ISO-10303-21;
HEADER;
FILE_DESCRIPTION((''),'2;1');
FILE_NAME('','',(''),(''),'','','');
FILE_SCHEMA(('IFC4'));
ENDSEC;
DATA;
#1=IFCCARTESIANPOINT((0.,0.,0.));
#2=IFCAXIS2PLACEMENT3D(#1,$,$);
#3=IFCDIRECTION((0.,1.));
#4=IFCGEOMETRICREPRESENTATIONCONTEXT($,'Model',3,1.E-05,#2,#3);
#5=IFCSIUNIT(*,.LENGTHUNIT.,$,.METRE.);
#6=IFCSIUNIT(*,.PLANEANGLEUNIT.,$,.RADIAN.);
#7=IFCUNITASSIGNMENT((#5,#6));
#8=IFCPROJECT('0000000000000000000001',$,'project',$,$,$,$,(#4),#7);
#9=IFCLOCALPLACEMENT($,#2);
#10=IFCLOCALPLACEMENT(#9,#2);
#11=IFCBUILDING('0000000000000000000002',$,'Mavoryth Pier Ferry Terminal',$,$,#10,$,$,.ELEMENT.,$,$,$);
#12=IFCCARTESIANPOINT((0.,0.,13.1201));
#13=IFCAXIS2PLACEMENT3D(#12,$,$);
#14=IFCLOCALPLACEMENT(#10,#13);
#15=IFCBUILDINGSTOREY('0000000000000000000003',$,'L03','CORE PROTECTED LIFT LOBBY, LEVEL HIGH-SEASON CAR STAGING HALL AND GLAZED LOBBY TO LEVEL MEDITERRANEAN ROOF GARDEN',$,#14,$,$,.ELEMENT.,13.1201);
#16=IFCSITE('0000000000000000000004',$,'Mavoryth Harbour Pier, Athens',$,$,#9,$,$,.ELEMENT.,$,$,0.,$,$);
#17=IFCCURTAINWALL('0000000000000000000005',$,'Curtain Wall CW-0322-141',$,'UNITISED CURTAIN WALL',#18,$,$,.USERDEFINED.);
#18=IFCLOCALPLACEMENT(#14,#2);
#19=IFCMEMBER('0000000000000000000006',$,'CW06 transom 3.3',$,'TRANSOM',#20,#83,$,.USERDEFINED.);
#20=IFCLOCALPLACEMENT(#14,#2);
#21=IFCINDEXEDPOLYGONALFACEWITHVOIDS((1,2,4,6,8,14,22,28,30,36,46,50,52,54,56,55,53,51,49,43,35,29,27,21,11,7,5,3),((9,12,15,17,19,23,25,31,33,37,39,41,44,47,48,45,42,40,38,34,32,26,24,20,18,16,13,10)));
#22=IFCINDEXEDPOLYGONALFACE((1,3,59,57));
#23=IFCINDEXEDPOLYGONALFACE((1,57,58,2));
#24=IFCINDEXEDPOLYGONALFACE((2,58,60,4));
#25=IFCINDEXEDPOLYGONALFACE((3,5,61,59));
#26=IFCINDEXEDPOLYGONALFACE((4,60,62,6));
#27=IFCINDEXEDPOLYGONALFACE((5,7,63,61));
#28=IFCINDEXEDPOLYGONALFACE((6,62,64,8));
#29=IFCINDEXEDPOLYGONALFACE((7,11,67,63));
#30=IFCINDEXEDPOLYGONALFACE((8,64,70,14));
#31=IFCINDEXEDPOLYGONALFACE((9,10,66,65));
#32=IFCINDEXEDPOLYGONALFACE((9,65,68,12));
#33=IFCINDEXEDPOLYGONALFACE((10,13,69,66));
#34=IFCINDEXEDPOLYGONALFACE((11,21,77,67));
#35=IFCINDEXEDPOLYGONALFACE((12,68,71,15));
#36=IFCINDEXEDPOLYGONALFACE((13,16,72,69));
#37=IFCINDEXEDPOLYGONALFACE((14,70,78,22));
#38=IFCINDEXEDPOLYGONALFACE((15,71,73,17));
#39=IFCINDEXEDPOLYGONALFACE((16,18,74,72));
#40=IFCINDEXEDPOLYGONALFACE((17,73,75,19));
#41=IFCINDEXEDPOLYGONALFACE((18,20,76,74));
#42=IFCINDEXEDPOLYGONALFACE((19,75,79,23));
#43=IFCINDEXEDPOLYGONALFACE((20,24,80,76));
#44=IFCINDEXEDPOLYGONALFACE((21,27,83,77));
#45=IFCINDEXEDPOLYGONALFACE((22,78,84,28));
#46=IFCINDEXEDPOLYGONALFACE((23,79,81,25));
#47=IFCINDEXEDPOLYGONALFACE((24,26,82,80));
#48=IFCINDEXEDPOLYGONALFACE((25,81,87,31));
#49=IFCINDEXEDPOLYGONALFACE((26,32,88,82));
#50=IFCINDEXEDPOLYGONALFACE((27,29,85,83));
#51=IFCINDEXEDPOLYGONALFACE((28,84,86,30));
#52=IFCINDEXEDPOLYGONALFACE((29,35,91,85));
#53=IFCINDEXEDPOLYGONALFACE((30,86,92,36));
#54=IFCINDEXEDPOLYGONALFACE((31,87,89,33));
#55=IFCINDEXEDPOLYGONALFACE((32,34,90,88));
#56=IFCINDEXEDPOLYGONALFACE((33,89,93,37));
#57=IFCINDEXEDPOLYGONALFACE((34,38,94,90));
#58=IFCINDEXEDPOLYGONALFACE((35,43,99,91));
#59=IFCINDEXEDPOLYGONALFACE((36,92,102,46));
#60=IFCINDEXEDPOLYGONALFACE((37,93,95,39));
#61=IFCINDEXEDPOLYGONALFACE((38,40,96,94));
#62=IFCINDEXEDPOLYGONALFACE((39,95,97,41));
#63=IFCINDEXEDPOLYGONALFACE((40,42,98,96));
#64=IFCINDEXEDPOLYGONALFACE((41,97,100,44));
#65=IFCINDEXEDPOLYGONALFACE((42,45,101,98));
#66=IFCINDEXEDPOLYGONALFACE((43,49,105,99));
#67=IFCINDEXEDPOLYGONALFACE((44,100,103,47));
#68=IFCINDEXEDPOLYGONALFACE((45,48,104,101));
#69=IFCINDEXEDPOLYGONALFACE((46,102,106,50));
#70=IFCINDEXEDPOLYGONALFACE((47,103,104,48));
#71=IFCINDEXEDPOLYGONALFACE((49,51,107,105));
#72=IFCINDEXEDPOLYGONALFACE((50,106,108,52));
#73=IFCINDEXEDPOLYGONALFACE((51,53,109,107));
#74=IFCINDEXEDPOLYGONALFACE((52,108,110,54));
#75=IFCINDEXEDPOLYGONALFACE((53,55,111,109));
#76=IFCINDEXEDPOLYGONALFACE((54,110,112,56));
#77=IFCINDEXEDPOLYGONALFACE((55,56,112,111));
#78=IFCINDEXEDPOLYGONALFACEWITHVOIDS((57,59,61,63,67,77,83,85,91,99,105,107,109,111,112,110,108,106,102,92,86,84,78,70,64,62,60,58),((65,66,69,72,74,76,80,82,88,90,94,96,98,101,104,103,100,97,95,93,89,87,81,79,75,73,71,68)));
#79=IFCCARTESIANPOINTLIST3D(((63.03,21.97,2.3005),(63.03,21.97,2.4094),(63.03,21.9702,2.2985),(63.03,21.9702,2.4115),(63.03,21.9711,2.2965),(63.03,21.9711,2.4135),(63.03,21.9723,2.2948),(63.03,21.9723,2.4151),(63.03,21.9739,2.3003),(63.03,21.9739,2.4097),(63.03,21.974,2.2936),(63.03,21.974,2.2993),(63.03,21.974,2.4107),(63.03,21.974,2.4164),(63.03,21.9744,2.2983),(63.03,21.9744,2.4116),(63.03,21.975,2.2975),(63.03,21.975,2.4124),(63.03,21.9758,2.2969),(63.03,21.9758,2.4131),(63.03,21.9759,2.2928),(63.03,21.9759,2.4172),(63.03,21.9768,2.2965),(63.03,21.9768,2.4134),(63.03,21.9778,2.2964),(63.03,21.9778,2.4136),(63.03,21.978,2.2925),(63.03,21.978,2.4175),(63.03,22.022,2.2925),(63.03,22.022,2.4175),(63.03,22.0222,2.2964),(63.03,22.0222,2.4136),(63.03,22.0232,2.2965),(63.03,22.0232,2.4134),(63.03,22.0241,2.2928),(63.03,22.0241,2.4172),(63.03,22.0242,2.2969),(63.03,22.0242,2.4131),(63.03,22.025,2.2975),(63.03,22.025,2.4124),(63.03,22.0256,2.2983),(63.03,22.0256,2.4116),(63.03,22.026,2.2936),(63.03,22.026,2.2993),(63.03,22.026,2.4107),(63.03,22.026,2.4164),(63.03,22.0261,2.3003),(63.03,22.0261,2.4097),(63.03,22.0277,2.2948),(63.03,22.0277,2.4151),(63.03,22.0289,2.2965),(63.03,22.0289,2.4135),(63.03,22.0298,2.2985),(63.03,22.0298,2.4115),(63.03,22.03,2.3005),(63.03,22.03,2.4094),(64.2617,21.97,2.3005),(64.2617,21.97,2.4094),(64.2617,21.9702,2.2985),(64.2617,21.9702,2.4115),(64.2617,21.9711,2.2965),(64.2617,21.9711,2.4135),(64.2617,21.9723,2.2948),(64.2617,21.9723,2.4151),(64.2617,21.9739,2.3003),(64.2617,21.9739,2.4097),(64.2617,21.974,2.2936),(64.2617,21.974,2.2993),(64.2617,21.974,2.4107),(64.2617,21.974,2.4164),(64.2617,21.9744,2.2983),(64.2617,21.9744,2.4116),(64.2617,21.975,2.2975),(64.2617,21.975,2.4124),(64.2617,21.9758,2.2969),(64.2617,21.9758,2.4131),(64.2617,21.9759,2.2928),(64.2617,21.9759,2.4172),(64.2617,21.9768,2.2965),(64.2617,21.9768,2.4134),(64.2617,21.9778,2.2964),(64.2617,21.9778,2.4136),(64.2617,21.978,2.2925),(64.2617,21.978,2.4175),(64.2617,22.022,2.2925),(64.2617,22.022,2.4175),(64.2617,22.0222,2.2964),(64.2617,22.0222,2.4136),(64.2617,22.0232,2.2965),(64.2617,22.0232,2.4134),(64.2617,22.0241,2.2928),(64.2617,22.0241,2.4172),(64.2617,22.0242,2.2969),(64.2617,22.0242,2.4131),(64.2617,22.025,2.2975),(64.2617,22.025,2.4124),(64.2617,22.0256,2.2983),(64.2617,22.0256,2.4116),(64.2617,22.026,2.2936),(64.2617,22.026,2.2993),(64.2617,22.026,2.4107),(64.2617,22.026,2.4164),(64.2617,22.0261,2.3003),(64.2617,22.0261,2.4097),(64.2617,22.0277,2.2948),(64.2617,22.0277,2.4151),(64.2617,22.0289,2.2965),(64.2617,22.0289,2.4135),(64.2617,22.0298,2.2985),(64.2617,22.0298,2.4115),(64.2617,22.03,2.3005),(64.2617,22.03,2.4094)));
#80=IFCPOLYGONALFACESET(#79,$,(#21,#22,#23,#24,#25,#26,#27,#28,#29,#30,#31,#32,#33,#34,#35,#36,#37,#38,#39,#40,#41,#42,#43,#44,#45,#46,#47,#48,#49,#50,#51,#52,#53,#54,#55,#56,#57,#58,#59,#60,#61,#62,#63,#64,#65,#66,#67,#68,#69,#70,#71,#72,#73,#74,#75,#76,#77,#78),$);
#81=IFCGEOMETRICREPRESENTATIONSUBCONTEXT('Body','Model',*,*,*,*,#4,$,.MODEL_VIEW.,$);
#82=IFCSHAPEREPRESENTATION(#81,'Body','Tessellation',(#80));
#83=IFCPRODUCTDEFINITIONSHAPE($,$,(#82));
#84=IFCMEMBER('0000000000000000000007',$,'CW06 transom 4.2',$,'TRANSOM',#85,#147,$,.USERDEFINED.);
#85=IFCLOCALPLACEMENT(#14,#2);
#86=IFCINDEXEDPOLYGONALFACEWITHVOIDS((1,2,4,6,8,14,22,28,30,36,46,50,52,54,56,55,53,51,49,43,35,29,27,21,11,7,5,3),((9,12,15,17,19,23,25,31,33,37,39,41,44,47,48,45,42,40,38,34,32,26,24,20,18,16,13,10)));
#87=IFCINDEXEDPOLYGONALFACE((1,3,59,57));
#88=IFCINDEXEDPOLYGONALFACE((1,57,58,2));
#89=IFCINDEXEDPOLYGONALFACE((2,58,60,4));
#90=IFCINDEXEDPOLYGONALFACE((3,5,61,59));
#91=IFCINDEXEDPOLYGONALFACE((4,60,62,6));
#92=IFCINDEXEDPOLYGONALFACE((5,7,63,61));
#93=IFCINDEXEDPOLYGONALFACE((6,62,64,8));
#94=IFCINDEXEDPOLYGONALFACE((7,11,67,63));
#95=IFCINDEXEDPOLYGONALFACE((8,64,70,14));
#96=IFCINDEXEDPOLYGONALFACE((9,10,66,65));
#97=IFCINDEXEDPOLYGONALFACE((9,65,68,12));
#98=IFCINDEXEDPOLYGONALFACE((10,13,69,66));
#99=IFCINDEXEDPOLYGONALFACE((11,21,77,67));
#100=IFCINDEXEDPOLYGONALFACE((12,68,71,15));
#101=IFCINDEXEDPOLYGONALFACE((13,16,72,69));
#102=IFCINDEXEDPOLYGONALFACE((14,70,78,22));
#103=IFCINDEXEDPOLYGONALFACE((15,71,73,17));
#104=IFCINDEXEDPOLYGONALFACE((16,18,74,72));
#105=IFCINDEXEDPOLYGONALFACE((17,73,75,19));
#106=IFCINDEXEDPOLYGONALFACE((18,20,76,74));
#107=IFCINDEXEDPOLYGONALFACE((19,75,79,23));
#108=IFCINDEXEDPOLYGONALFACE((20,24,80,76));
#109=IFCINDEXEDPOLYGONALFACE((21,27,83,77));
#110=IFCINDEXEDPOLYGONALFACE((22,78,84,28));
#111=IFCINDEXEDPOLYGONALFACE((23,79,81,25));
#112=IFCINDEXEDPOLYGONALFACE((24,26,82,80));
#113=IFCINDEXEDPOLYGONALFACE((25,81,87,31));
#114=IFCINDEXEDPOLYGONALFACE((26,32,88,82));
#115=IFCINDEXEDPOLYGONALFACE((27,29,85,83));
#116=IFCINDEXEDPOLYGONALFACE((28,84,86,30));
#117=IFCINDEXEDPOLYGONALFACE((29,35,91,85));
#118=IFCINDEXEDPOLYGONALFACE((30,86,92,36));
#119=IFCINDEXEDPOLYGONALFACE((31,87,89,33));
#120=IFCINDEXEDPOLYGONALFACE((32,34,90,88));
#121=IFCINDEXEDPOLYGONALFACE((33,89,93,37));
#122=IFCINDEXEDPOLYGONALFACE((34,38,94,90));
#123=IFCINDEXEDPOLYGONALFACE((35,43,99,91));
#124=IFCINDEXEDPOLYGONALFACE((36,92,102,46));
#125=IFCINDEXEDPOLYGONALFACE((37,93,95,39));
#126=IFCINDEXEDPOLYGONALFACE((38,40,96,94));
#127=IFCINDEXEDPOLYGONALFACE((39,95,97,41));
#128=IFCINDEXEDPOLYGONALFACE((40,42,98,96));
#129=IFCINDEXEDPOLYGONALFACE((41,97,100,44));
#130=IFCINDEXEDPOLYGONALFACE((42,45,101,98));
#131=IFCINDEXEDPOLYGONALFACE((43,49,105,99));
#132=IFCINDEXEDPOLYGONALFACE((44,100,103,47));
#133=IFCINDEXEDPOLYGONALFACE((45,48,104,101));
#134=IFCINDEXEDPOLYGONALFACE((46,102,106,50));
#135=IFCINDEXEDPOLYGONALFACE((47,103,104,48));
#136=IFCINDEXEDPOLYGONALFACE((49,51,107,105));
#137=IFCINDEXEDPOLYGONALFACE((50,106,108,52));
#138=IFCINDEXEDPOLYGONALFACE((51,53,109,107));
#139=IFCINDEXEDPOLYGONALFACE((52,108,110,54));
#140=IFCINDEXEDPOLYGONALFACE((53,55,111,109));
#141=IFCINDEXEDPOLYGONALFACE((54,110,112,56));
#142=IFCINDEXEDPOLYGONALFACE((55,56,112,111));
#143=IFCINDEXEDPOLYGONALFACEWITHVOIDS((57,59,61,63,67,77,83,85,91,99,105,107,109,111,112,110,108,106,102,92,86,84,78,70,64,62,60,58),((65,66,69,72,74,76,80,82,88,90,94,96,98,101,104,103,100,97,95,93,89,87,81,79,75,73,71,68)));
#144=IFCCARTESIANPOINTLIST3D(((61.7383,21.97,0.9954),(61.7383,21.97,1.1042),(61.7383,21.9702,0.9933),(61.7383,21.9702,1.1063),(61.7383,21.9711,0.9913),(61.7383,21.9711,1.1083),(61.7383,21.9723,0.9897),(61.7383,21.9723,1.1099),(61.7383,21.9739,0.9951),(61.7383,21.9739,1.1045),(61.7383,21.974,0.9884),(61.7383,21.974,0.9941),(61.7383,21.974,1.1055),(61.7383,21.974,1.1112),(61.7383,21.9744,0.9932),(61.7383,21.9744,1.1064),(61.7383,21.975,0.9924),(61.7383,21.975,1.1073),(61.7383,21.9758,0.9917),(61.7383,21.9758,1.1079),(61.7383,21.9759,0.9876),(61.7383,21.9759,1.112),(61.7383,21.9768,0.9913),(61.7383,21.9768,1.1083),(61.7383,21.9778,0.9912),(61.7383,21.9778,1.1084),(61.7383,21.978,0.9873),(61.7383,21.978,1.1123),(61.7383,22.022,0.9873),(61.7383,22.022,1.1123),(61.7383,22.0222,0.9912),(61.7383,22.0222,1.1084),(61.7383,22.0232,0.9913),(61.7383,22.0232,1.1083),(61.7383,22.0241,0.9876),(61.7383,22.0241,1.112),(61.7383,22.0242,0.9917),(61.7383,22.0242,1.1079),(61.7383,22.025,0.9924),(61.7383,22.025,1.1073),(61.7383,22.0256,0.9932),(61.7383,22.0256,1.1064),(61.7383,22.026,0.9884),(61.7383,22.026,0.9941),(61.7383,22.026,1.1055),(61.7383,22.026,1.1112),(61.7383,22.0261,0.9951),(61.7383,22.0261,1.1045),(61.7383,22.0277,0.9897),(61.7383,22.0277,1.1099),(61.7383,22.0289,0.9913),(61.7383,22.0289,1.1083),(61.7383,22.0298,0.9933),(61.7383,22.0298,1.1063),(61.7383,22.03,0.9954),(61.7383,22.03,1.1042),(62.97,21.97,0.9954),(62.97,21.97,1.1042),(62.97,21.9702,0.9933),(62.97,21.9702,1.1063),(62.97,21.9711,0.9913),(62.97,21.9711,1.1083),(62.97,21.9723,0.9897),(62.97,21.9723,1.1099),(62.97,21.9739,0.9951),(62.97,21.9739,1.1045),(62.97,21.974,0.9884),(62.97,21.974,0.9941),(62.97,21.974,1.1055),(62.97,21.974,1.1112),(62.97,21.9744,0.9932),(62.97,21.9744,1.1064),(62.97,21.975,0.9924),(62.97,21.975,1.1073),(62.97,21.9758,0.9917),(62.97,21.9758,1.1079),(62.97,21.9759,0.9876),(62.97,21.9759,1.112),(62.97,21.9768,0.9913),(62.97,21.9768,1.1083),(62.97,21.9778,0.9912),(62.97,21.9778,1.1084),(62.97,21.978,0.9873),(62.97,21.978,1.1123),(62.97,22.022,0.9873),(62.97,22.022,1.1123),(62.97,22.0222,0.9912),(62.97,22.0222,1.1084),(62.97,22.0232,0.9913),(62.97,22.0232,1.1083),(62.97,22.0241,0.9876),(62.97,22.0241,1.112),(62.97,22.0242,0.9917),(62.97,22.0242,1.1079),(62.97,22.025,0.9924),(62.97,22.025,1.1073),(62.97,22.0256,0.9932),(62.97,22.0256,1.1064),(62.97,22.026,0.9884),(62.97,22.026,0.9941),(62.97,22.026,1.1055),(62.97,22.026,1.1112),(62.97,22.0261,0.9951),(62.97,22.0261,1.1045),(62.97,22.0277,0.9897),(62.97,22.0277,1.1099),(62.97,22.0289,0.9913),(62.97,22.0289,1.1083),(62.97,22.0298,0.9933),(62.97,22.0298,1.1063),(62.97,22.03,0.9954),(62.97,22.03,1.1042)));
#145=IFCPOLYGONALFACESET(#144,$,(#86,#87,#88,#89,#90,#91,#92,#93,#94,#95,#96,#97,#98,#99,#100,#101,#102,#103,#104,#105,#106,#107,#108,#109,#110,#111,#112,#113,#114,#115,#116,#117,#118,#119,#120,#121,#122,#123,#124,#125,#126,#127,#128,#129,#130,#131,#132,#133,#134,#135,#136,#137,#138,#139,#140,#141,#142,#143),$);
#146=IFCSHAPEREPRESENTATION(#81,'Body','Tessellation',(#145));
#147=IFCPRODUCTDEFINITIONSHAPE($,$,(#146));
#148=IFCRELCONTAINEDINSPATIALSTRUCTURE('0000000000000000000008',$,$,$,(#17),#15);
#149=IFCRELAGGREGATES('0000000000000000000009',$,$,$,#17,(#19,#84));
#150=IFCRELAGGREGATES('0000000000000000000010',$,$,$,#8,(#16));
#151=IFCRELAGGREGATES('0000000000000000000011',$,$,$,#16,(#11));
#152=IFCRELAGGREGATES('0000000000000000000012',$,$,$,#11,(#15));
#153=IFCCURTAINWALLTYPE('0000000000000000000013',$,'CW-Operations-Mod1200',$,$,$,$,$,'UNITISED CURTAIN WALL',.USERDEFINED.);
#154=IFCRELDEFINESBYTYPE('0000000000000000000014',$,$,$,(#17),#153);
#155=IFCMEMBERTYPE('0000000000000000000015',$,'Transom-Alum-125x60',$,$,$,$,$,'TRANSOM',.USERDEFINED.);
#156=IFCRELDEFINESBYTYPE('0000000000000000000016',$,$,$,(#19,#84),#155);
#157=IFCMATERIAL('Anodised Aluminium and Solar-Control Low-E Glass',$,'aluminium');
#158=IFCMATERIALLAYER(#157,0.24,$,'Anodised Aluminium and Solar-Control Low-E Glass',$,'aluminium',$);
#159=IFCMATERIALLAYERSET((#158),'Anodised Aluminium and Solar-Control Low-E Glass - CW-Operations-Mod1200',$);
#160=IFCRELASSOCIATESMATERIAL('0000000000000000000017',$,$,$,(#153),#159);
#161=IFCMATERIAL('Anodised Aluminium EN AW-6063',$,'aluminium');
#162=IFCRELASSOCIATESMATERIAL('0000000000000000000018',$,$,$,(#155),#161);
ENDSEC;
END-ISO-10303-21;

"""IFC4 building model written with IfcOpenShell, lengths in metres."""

from ifc_helpers import new_model, si_unit, direction, frame, origin, origin_2d, place, context, subcontext, project, spatial, hollow_rectangle, extrude, material, layer, layer_set, material_profile, profile_set, type_object, element, aggregate, save


model = new_model("IFC4")

# Units and contexts
model_context = context("Model", 3, precision=1e-05, world=origin(), true_north=direction((0.0, 1.0)))
body_context = subcontext(model_context, "Body", "Model", "MODEL_VIEW")
ifc_project = project(units=[si_unit("LENGTHUNIT", "METRE"), si_unit("PLANEANGLEUNIT", "RADIAN")], contexts=[model_context])

# Site, building, storey
site_placement = place(None, origin())
site = spatial("IfcSite", under=ifc_project, at=site_placement, Name="Mavoryth Harbour Pier, Athens", CompositionType="ELEMENT", RefElevation=0.0)
building_placement = place(site_placement, origin())
building = spatial("IfcBuilding", under=site, at=building_placement, Name="Mavoryth Pier Ferry Terminal", CompositionType="ELEMENT")
storey_placement = place(building_placement, frame((0.0, 0.0, 13.1201)))
storey = spatial("IfcBuildingStorey", under=building, at=storey_placement, Name="L03", Description="CORE PROTECTED LIFT LOBBY, LEVEL HIGH-SEASON CAR STAGING HALL AND GLAZED LOBBY TO LEVEL MEDITERRANEAN ROOF GARDEN", CompositionType="ELEMENT", Elevation=13.1201)

# Curtain wall
ifc_material_1 = material(Name="Anodised Aluminium and Solar-Control Low-E Glass", Category="aluminium")
ifc_layer_1 = layer(ifc_material_1, 0.24, Name="Anodised Aluminium and Solar-Control Low-E Glass", Category="aluminium")
ifc_layer_set_1 = layer_set([ifc_layer_1], Name="Anodised Aluminium and Solar-Control Low-E Glass - CW-Operations-Mod1200")
curtain_wall_type = type_object("IfcCurtainWallType", Name="CW-Operations-Mod1200", ElementType="UNITISED CURTAIN WALL", PredefinedType="USERDEFINED", material=ifc_layer_set_1)
curtain_wall_1_placement = place(storey_placement, origin())
curtain_wall_1 = element("IfcCurtainWall", 1, at=curtain_wall_1_placement, inside=storey, type_object=curtain_wall_type, Name="Curtain Wall CW-0322-141", ObjectType="UNITISED CURTAIN WALL", PredefinedType="USERDEFINED")
ifc_material_2 = material(Name="Anodised Aluminium EN AW-6063", Category="aluminium")

# Members
ifc_material_profile_1 = material_profile(ifc_material_2, hollow_rectangle(XDim=0.0601, YDim=0.125, WallThickness=0.0039, InnerFilletRadius=0.0039, OuterFilletRadius=0.0081, at=origin_2d()), Name="AL-TRAN 125x60x4", Category="aluminium")
ifc_profile_set_1 = profile_set([ifc_material_profile_1], Name="Anodised Aluminium EN AW-6063 - AL-TRAN 125x60x4")
member_type_1 = type_object("IfcMemberType", Name="Transom-Alum-125x60", ElementType="TRANSOM", PredefinedType="USERDEFINED", material=ifc_profile_set_1)
member_1_placement = place(storey_placement, frame((64.2617, 22.0, 2.355), z_axis=(-1.0, 0.0, 0.0), x_axis=(0.0, -1.0, 0.0)))
member_1 = element("IfcMember", 2, at=member_1_placement, type_object=member_type_1, Name="CW06 transom 3.3", ObjectType="TRANSOM", PredefinedType="USERDEFINED", context=body_context, shape_type="SweptSolid", body=[
    extrude(hollow_rectangle(XDim=0.0601, YDim=0.125, WallThickness=0.0039, InnerFilletRadius=0.0039, OuterFilletRadius=0.0081, at=origin_2d()), origin(), (0.0, 0.0, 1.0), 1.2317),
])
member_2_placement = place(storey_placement, frame((62.97, 22.0, 1.0498), z_axis=(-1.0, 0.0, 0.0), x_axis=(0.0, -1.0, 0.0)))
member_2 = element("IfcMember", 3, at=member_2_placement, type_object=member_type_1, Name="CW06 transom 4.2", ObjectType="TRANSOM", PredefinedType="USERDEFINED", context=body_context, shape_type="SweptSolid", body=[
    extrude(hollow_rectangle(XDim=0.0601, YDim=0.125, WallThickness=0.0039, InnerFilletRadius=0.0039, OuterFilletRadius=0.0081, at=origin_2d()), origin(), (0.0, 0.0, 1.0), 1.2317),
])

aggregate(curtain_wall_1, [member_1, member_2])

save(model, "model.ifc")
